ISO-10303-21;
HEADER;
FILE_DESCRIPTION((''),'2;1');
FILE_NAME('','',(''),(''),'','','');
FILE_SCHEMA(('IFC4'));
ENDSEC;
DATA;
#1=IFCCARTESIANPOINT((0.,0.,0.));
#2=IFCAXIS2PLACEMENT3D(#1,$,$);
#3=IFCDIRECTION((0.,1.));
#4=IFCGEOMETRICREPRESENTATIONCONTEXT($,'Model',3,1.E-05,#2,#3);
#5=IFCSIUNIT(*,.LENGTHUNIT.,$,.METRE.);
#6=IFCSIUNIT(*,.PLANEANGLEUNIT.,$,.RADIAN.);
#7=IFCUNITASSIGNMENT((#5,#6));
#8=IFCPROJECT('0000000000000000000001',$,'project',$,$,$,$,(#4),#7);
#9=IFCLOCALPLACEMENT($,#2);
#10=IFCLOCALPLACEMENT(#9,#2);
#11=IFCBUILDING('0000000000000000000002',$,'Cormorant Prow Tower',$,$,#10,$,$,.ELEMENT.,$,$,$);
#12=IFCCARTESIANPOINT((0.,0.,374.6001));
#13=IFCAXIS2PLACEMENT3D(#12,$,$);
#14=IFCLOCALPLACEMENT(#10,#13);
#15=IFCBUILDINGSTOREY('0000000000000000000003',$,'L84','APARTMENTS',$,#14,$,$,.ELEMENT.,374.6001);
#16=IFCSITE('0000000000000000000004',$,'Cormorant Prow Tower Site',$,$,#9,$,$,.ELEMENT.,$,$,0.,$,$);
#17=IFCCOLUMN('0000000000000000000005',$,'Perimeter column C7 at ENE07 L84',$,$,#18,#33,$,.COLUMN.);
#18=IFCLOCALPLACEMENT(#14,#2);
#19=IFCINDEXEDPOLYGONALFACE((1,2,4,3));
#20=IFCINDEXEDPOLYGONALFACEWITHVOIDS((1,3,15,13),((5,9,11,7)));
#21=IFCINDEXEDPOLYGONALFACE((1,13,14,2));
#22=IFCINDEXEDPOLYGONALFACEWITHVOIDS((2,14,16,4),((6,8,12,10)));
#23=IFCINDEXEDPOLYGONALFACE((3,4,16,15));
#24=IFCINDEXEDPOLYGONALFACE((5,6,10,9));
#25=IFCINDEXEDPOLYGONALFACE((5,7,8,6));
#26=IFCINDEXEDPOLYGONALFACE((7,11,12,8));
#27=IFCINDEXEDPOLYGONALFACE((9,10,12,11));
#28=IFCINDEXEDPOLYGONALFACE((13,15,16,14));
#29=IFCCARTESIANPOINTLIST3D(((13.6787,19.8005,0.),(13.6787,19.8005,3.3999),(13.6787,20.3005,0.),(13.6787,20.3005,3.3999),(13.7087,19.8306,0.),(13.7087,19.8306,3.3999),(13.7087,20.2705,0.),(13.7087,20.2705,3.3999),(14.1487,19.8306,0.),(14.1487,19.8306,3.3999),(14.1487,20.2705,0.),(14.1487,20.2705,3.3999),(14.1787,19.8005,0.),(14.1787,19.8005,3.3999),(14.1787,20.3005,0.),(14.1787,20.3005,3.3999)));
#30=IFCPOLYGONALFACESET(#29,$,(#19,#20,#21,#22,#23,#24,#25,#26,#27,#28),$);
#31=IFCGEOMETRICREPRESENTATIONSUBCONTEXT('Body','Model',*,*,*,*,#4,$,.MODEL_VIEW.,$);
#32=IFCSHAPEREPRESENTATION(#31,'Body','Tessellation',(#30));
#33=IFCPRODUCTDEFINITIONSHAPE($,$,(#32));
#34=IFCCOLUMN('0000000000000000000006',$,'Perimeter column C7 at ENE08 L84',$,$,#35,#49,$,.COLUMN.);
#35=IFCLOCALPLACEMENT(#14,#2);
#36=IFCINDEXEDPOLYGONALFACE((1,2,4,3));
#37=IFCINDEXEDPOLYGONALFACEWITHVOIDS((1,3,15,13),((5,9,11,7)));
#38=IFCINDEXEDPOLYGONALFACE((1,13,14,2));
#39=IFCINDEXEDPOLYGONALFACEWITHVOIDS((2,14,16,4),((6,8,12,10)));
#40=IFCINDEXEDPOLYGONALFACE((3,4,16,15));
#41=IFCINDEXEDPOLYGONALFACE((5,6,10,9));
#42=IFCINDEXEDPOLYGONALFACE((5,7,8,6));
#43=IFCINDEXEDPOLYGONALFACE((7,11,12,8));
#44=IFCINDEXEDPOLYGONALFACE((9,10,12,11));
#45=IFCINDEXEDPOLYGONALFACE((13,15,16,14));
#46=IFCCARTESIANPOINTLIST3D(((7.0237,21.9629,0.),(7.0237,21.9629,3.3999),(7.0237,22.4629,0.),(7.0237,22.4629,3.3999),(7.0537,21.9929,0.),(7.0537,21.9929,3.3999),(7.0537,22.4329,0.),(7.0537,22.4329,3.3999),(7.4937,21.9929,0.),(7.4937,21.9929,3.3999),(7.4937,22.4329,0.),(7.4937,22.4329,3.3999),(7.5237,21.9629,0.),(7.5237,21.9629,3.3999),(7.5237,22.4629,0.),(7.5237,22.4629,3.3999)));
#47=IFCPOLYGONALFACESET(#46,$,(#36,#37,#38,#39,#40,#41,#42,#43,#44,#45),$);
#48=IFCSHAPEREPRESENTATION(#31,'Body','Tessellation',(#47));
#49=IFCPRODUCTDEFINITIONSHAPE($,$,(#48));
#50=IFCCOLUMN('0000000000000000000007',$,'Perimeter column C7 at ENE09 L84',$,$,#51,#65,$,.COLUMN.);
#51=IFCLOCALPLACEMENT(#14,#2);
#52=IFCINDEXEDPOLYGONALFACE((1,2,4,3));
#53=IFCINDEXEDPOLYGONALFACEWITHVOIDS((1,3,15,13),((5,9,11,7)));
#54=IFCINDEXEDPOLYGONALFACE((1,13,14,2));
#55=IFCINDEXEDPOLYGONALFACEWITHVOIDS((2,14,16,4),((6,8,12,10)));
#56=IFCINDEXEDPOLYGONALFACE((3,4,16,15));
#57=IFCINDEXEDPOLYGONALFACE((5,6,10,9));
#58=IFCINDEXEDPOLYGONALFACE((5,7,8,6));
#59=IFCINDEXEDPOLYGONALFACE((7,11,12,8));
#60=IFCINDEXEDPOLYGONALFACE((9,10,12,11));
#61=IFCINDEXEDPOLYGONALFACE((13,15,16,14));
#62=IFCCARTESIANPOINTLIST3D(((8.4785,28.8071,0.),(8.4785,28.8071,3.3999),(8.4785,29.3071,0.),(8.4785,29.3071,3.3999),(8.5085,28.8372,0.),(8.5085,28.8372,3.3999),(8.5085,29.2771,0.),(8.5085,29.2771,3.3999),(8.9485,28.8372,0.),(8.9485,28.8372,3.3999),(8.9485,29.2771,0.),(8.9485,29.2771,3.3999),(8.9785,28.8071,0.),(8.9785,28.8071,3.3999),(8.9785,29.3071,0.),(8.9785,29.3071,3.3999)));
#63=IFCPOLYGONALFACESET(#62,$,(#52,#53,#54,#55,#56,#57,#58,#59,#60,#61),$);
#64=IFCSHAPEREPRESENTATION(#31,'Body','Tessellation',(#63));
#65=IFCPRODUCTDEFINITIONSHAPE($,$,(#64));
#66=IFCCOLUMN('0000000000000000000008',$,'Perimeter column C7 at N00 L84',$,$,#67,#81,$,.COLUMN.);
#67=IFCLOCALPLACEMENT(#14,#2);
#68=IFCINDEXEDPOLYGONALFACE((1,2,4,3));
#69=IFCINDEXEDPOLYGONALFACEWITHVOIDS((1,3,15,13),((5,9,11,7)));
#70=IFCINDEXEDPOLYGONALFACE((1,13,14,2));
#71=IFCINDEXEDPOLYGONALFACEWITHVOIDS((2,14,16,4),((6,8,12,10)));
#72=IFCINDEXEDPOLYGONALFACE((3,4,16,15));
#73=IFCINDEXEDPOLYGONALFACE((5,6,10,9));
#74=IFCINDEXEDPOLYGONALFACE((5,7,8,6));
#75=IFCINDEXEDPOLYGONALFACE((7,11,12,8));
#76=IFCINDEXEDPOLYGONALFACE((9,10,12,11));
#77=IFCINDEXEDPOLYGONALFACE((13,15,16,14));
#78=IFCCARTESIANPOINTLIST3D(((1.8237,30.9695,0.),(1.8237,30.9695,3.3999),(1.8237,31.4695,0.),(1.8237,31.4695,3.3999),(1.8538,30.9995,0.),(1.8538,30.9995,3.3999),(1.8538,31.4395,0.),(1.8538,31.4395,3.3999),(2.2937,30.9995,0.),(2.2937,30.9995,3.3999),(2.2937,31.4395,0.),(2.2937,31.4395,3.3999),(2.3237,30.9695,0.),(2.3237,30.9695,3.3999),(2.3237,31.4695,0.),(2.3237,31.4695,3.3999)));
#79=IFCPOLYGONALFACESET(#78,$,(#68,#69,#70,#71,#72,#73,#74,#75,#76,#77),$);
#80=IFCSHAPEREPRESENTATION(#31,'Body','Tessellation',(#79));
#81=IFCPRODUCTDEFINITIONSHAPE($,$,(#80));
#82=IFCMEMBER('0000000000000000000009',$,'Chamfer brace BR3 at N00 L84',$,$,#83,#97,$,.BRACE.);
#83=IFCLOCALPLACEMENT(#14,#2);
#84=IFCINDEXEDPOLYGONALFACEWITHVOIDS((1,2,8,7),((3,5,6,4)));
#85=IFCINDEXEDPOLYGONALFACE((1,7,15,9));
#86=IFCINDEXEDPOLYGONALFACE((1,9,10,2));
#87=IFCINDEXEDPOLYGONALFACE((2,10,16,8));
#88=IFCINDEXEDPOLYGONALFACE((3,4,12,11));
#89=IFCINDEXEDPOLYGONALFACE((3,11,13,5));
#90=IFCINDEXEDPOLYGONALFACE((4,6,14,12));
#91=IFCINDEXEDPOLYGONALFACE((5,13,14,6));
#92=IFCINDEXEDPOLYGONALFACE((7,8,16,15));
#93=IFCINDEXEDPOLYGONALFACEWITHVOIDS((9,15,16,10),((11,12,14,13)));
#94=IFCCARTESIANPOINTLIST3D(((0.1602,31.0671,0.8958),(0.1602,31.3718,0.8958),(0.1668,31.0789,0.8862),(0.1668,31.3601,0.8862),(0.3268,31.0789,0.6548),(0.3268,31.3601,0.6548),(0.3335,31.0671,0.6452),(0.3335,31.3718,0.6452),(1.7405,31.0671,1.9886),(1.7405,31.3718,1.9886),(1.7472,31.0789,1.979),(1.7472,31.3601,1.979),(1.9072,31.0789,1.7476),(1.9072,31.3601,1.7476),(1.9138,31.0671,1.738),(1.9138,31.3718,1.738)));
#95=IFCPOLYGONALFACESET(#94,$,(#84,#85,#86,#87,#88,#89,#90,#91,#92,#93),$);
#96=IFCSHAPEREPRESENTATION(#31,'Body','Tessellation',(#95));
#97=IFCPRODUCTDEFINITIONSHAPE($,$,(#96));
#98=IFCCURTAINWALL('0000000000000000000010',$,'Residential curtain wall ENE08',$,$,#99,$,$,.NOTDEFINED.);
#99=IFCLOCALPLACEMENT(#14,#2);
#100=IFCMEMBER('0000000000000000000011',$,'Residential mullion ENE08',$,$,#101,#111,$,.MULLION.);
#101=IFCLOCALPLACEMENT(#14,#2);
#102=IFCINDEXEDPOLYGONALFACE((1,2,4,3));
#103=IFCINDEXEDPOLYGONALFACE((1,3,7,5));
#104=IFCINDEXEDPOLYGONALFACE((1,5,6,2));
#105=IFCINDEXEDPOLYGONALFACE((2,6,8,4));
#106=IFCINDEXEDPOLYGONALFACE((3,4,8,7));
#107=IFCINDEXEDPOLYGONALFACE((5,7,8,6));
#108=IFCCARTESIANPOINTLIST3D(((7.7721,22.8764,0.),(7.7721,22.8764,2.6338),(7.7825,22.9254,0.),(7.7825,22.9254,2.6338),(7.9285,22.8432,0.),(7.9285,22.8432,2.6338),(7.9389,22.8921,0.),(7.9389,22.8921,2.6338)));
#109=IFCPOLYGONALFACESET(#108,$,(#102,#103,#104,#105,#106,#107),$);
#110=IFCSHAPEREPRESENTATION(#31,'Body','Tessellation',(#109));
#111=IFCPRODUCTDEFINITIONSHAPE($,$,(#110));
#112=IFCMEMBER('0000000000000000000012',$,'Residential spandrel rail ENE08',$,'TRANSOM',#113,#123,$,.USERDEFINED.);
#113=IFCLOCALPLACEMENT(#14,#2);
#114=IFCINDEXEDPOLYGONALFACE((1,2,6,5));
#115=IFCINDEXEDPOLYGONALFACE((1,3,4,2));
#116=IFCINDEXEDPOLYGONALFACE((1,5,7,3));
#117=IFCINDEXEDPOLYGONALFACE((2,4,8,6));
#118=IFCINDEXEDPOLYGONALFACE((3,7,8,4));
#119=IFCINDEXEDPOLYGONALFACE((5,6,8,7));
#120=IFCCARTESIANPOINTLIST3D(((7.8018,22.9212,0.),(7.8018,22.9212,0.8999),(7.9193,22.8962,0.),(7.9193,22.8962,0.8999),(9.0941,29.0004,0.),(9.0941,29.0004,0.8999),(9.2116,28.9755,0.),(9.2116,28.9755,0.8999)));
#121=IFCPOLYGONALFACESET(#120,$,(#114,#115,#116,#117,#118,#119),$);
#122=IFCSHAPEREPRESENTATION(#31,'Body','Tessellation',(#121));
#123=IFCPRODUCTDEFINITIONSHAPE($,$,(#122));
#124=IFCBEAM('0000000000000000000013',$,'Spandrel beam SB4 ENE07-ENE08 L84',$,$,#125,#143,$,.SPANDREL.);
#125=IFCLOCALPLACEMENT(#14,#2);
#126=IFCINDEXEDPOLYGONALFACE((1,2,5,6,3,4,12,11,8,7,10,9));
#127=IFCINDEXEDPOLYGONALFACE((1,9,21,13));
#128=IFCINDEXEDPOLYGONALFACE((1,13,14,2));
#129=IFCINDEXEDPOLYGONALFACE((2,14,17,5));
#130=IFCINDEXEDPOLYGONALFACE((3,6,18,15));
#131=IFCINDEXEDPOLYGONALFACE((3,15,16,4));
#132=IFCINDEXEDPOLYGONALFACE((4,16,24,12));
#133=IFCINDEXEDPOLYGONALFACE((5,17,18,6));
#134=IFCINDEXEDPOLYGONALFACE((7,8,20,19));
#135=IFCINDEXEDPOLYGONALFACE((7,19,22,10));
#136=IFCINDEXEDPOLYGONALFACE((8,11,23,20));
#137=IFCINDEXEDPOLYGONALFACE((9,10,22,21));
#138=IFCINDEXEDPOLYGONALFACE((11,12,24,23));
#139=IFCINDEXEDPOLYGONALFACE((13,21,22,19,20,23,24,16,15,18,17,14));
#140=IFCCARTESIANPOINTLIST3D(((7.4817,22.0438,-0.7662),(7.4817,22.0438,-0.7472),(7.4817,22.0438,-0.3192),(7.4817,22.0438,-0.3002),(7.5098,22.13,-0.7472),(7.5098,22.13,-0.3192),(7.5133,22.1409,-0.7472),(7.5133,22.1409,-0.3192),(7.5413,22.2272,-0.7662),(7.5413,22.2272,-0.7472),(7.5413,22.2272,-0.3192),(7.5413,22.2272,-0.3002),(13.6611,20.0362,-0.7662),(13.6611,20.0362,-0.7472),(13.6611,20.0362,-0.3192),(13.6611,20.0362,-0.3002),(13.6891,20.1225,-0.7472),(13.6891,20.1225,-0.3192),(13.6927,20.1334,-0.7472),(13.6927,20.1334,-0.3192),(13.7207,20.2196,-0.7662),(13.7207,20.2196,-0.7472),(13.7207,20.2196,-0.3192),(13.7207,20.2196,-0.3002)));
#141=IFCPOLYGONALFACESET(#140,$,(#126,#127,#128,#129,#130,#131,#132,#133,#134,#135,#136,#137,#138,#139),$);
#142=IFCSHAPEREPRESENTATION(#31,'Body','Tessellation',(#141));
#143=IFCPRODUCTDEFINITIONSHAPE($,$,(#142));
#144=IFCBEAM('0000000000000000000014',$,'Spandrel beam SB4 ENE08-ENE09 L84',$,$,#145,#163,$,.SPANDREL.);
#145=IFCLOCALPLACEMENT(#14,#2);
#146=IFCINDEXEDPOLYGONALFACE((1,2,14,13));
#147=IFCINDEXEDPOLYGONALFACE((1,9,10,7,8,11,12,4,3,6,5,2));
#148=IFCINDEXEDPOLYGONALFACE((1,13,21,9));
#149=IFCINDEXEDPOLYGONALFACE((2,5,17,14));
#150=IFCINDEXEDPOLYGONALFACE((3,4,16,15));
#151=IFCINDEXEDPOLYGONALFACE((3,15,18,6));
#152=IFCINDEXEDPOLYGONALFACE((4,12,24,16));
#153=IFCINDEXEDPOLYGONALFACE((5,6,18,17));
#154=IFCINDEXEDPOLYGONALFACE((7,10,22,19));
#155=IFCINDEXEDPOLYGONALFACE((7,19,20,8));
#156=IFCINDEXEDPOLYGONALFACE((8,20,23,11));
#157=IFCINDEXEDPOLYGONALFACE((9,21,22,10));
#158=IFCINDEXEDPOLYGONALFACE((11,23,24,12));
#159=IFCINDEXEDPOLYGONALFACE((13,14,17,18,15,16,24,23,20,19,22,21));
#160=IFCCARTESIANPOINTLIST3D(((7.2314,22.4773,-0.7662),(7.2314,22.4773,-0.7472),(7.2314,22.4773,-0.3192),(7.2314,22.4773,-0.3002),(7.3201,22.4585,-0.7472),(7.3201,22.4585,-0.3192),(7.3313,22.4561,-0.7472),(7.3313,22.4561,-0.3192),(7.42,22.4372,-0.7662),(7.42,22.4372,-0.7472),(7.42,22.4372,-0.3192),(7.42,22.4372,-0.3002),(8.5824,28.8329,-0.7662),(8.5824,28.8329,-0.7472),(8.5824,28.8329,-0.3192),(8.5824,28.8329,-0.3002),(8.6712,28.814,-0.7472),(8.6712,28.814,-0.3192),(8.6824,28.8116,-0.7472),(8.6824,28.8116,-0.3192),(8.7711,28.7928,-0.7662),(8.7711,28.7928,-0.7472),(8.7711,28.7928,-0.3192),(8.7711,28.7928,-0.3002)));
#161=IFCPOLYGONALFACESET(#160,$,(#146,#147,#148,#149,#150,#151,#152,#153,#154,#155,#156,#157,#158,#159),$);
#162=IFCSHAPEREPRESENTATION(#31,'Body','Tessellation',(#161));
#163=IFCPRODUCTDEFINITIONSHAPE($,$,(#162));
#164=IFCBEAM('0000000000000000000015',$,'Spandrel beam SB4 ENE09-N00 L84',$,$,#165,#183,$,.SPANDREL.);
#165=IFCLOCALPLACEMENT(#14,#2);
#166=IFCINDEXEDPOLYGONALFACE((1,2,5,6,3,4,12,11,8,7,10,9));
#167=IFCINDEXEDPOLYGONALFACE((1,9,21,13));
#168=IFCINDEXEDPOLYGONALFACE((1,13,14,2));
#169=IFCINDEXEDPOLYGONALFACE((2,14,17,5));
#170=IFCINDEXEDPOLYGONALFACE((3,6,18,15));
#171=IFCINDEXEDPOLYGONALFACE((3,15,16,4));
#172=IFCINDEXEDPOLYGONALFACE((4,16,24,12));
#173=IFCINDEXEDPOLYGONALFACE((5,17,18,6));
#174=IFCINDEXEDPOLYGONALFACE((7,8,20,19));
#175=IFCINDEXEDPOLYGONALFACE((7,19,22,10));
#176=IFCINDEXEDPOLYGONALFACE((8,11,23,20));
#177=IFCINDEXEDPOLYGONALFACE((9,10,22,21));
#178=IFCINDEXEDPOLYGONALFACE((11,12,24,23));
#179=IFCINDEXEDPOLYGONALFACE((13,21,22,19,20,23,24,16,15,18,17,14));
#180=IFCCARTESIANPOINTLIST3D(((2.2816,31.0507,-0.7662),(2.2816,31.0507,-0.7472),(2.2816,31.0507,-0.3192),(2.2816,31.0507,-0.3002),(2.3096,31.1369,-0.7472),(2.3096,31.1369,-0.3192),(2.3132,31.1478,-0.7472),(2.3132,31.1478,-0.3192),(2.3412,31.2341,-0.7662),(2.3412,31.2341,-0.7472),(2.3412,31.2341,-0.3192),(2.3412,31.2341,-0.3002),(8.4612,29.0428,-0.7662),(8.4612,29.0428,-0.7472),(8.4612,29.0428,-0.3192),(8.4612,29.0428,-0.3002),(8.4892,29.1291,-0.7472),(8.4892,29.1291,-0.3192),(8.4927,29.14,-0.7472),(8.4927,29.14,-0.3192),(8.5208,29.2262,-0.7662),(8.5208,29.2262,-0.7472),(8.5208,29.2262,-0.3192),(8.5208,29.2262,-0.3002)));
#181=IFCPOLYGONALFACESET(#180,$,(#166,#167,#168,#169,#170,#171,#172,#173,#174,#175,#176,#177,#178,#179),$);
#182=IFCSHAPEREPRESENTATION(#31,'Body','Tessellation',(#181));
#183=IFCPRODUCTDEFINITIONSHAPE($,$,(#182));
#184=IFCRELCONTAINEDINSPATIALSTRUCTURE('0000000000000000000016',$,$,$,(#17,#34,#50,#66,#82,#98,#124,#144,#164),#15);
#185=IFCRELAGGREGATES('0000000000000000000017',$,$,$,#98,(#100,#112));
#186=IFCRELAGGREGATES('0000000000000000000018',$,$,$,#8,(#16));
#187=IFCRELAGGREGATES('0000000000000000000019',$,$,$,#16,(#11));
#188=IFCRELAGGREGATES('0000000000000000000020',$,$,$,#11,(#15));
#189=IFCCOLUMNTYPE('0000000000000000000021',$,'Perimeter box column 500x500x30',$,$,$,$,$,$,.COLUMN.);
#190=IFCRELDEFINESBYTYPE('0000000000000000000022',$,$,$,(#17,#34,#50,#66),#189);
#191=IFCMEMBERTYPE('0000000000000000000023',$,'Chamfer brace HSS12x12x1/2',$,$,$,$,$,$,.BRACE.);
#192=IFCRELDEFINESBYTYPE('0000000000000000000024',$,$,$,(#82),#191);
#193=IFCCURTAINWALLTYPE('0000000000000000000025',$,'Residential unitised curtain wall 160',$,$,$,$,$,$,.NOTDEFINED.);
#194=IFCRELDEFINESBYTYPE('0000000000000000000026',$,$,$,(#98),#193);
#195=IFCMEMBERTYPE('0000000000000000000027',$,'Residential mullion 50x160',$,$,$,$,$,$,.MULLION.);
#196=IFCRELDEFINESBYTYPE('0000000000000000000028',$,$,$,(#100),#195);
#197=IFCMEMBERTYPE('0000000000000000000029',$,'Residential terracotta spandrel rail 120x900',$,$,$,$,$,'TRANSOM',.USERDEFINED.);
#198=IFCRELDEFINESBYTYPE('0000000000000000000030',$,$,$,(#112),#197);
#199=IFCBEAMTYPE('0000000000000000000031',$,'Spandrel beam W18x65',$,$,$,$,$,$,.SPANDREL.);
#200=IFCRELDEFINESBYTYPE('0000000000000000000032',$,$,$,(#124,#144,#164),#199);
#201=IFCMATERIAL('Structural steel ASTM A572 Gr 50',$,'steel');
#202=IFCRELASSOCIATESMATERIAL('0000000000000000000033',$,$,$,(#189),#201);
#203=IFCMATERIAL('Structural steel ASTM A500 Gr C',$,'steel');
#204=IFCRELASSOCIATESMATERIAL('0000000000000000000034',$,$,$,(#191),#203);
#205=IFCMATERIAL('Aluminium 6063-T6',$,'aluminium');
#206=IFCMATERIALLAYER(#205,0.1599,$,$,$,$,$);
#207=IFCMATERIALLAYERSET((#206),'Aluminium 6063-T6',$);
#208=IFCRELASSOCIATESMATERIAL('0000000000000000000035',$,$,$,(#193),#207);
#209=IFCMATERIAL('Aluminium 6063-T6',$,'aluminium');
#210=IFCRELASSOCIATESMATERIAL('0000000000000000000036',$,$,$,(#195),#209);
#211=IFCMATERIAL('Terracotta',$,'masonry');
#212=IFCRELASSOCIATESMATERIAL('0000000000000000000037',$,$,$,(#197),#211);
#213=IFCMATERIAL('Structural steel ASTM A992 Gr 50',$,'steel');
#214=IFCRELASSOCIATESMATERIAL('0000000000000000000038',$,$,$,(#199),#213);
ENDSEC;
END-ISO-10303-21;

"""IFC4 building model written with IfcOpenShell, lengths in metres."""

from ifc_helpers import new_model, si_unit, direction, frame, origin, origin_2d, place, context, subcontext, project, spatial, rectangle, hollow_rectangle, i_section, extrude, material, layer, layer_set, material_profile, profile_set, type_object, element, aggregate, save


model = new_model("IFC4")

# Units and contexts
model_context = context("Model", 3, precision=1e-05, world=origin(), true_north=direction((0.0, 1.0)))
body_context = subcontext(model_context, "Body", "Model", "MODEL_VIEW")
ifc_project = project(units=[si_unit("LENGTHUNIT", "METRE"), si_unit("PLANEANGLEUNIT", "RADIAN")], contexts=[model_context])

# Site, building, storey
site_placement = place(None, origin())
site = spatial("IfcSite", under=ifc_project, at=site_placement, Name="Cormorant Prow Tower Site", CompositionType="ELEMENT", RefElevation=0.0)
building_placement = place(site_placement, origin())
building = spatial("IfcBuilding", under=site, at=building_placement, Name="Cormorant Prow Tower", CompositionType="ELEMENT")
storey_placement = place(building_placement, frame((0.0, 0.0, 374.6001)))
storey = spatial("IfcBuildingStorey", under=building, at=storey_placement, Name="L84", Description="APARTMENTS", CompositionType="ELEMENT", Elevation=374.6001)

# Columns
ifc_material_1 = material(Name="Structural steel ASTM A572 Gr 50", Category="steel")
ifc_material_profile_1 = material_profile(ifc_material_1, hollow_rectangle(XDim=0.5, YDim=0.5, WallThickness=0.03, at=origin_2d()), Name="Box 500x500x30")
ifc_profile_set_1 = profile_set([ifc_material_profile_1], Name="Structural steel ASTM A572 Gr 50")
column_type = type_object("IfcColumnType", Name="Perimeter box column 500x500x30", PredefinedType="COLUMN", material=ifc_profile_set_1)
for number, where, z_axis, x_axis, name in (
    (1, (13.9287, 20.0505, 0.0), (0.0, 0.0, 1.0), (1.0, 0.0, 0.0), "Perimeter column C7 at ENE07 L84"),
    (2, (7.2737, 22.2129, 0.0), (0.0, 0.0, 1.0), (1.0, 0.0, 0.0), "Perimeter column C7 at ENE08 L84"),
    (3, (8.7285, 29.0571, 0.0), (0.0, 0.0, 1.0), (1.0, 0.0, 0.0), "Perimeter column C7 at ENE09 L84"),
    (4, (2.0737, 31.2195, 0.0), (0.0, 0.0, 1.0), (1.0, 0.0, 0.0), "Perimeter column C7 at N00 L84"),
):
    element("IfcColumn", number, at=place(storey_placement, frame(where, z_axis=z_axis, x_axis=x_axis)), inside=storey, type_object=column_type, Name=name, PredefinedType="COLUMN", context=body_context, shape_type="SweptSolid", body=[
        extrude(hollow_rectangle(XDim=0.5, YDim=0.5, WallThickness=0.03, at=origin_2d()), origin(), (0.0, 0.0, 1.0), 3.3999),
    ])

# Member
ifc_material_2 = material(Name="Structural steel ASTM A500 Gr C", Category="steel")
ifc_material_profile_2 = material_profile(ifc_material_2, hollow_rectangle(XDim=0.3047, YDim=0.3047, WallThickness=0.0117, at=origin_2d()), Name="HSS12x12x1/2")
ifc_profile_set_2 = profile_set([ifc_material_profile_2], Name="Structural steel ASTM A500 Gr C")
member_type_1 = type_object("IfcMemberType", Name="Chamfer brace HSS12x12x1/2", PredefinedType="BRACE", material=ifc_profile_set_2)
member_1_placement = place(storey_placement, frame((0.2468, 31.2195, 0.7705), z_axis=(0.822508, 0.0, 0.568754), x_axis=(0.0, 1.0, 0.0)))
element("IfcMember", 5, at=member_1_placement, inside=storey, type_object=member_type_1, Name="Chamfer brace BR3 at N00 L84", PredefinedType="BRACE", context=body_context, shape_type="SweptSolid", body=[
    extrude(hollow_rectangle(XDim=0.3047, YDim=0.3047, WallThickness=0.0117, at=origin_2d()), origin(), (0.0, 0.0, 1.0), 1.9214),
])

# Curtain wall, members
ifc_material_3 = material(Name="Aluminium 6063-T6", Category="aluminium")
ifc_layer_1 = layer(ifc_material_3, 0.1599)
ifc_layer_set_1 = layer_set([ifc_layer_1], Name="Aluminium 6063-T6")
curtain_wall_type = type_object("IfcCurtainWallType", Name="Residential unitised curtain wall 160", PredefinedType="NOTDEFINED", material=ifc_layer_set_1)
curtain_wall_placement = place(storey_placement, origin())
curtain_wall = element("IfcCurtainWall", 6, at=curtain_wall_placement, inside=storey, type_object=curtain_wall_type, Name="Residential curtain wall ENE08", PredefinedType="NOTDEFINED")
ifc_material_4 = material(Name="Aluminium 6063-T6", Category="aluminium")
ifc_material_profile_3 = material_profile(ifc_material_4, rectangle(XDim=0.1599, YDim=0.05, at=origin_2d()), Name="Residential mullion 50x160")
ifc_profile_set_3 = profile_set([ifc_material_profile_3], Name="Aluminium 6063-T6")
member_type_2 = type_object("IfcMemberType", Name="Residential mullion 50x160", PredefinedType="MULLION", material=ifc_profile_set_3)
member_2_placement = place(storey_placement, frame((7.8555, 22.8843, 0.0), z_axis=(0.0, 0.0, 1.0), x_axis=(-0.978148, 0.207912, 0.0)))
member_2 = element("IfcMember", 7, at=member_2_placement, type_object=member_type_2, Name="Residential mullion ENE08", PredefinedType="MULLION", context=body_context, shape_type="SweptSolid", body=[
    extrude(rectangle(XDim=0.1599, YDim=0.05, at=origin_2d()), origin(), (0.0, 0.0, 1.0), 2.6338),
])
ifc_material_5 = material(Name="Terracotta", Category="masonry")
ifc_material_profile_4 = material_profile(ifc_material_5, rectangle(XDim=0.1201, YDim=0.8999, at=origin_2d()), Name="Residential terracotta spandrel rail 120x900")
ifc_profile_set_4 = profile_set([ifc_material_profile_4], Name="Terracotta")
member_type_3 = type_object("IfcMemberType", Name="Residential terracotta spandrel rail 120x900", ElementType="TRANSOM", PredefinedType="USERDEFINED", material=ifc_profile_set_4)
member_3_placement = place(storey_placement, frame((7.8606, 22.9087, 0.45), z_axis=(0.207917, 0.978147, 0.0), x_axis=(-0.978147, 0.207917, 0.0)))
member_3 = element("IfcMember", 8, at=member_3_placement, type_object=member_type_3, Name="Residential spandrel rail ENE08", ObjectType="TRANSOM", PredefinedType="USERDEFINED", context=body_context, shape_type="SweptSolid", body=[
    extrude(rectangle(XDim=0.1201, YDim=0.8999, at=origin_2d()), origin(), (0.0, 0.0, 1.0), 6.2151),
])

# Beams
ifc_material_6 = material(Name="Structural steel ASTM A992 Gr 50", Category="steel")
ifc_material_profile_5 = material_profile(ifc_material_6, i_section(OverallWidth=0.1929, OverallDepth=0.4661, WebThickness=0.0115, FlangeThickness=0.019, at=origin_2d()), Name="W18x65")
ifc_profile_set_5 = profile_set([ifc_material_profile_5], Name="Structural steel ASTM A992 Gr 50")
beam_type = type_object("IfcBeamType", Name="Spandrel beam W18x65", PredefinedType="SPANDREL", material=ifc_profile_set_5)
beam_1_placement = place(storey_placement, frame((13.6909, 20.1279, -0.5332), z_axis=(-0.951068, 0.308982, 0.0), x_axis=(-0.308982, -0.951068, 0.0)))
element("IfcBeam", 9, at=beam_1_placement, inside=storey, type_object=beam_type, Name="Spandrel beam SB4 ENE07-ENE08 L84", PredefinedType="SPANDREL", context=body_context, shape_type="SweptSolid", body=[
    extrude(i_section(OverallWidth=0.1929, OverallDepth=0.4661, WebThickness=0.0115, FlangeThickness=0.019, at=origin_2d()), origin(), (0.0, 0.0, 1.0), 6.4973),
])
for number, where, z_axis, x_axis, name in (
    (10, (7.3257, 22.4573, -0.5332), (0.207938, 0.978142, 0.0), (-0.978142, 0.207938, 0.0), "Spandrel beam SB4 ENE08-ENE09 L84"),
    (11, (8.491, 29.1345, -0.5332), (-0.951057, 0.309016, 0.0), (-0.309016, -0.951057, 0.0), "Spandrel beam SB4 ENE09-N00 L84"),
):
    element("IfcBeam", number, at=place(storey_placement, frame(where, z_axis=z_axis, x_axis=x_axis)), inside=storey, type_object=beam_type, Name=name, PredefinedType="SPANDREL", context=body_context, shape_type="SweptSolid", body=[
        extrude(i_section(OverallWidth=0.1929, OverallDepth=0.4661, WebThickness=0.0115, FlangeThickness=0.019, at=origin_2d()), origin(), (0.0, 0.0, 1.0), 6.4976),
    ])

aggregate(curtain_wall, [member_2, member_3])

save(model, "model.ifc")
